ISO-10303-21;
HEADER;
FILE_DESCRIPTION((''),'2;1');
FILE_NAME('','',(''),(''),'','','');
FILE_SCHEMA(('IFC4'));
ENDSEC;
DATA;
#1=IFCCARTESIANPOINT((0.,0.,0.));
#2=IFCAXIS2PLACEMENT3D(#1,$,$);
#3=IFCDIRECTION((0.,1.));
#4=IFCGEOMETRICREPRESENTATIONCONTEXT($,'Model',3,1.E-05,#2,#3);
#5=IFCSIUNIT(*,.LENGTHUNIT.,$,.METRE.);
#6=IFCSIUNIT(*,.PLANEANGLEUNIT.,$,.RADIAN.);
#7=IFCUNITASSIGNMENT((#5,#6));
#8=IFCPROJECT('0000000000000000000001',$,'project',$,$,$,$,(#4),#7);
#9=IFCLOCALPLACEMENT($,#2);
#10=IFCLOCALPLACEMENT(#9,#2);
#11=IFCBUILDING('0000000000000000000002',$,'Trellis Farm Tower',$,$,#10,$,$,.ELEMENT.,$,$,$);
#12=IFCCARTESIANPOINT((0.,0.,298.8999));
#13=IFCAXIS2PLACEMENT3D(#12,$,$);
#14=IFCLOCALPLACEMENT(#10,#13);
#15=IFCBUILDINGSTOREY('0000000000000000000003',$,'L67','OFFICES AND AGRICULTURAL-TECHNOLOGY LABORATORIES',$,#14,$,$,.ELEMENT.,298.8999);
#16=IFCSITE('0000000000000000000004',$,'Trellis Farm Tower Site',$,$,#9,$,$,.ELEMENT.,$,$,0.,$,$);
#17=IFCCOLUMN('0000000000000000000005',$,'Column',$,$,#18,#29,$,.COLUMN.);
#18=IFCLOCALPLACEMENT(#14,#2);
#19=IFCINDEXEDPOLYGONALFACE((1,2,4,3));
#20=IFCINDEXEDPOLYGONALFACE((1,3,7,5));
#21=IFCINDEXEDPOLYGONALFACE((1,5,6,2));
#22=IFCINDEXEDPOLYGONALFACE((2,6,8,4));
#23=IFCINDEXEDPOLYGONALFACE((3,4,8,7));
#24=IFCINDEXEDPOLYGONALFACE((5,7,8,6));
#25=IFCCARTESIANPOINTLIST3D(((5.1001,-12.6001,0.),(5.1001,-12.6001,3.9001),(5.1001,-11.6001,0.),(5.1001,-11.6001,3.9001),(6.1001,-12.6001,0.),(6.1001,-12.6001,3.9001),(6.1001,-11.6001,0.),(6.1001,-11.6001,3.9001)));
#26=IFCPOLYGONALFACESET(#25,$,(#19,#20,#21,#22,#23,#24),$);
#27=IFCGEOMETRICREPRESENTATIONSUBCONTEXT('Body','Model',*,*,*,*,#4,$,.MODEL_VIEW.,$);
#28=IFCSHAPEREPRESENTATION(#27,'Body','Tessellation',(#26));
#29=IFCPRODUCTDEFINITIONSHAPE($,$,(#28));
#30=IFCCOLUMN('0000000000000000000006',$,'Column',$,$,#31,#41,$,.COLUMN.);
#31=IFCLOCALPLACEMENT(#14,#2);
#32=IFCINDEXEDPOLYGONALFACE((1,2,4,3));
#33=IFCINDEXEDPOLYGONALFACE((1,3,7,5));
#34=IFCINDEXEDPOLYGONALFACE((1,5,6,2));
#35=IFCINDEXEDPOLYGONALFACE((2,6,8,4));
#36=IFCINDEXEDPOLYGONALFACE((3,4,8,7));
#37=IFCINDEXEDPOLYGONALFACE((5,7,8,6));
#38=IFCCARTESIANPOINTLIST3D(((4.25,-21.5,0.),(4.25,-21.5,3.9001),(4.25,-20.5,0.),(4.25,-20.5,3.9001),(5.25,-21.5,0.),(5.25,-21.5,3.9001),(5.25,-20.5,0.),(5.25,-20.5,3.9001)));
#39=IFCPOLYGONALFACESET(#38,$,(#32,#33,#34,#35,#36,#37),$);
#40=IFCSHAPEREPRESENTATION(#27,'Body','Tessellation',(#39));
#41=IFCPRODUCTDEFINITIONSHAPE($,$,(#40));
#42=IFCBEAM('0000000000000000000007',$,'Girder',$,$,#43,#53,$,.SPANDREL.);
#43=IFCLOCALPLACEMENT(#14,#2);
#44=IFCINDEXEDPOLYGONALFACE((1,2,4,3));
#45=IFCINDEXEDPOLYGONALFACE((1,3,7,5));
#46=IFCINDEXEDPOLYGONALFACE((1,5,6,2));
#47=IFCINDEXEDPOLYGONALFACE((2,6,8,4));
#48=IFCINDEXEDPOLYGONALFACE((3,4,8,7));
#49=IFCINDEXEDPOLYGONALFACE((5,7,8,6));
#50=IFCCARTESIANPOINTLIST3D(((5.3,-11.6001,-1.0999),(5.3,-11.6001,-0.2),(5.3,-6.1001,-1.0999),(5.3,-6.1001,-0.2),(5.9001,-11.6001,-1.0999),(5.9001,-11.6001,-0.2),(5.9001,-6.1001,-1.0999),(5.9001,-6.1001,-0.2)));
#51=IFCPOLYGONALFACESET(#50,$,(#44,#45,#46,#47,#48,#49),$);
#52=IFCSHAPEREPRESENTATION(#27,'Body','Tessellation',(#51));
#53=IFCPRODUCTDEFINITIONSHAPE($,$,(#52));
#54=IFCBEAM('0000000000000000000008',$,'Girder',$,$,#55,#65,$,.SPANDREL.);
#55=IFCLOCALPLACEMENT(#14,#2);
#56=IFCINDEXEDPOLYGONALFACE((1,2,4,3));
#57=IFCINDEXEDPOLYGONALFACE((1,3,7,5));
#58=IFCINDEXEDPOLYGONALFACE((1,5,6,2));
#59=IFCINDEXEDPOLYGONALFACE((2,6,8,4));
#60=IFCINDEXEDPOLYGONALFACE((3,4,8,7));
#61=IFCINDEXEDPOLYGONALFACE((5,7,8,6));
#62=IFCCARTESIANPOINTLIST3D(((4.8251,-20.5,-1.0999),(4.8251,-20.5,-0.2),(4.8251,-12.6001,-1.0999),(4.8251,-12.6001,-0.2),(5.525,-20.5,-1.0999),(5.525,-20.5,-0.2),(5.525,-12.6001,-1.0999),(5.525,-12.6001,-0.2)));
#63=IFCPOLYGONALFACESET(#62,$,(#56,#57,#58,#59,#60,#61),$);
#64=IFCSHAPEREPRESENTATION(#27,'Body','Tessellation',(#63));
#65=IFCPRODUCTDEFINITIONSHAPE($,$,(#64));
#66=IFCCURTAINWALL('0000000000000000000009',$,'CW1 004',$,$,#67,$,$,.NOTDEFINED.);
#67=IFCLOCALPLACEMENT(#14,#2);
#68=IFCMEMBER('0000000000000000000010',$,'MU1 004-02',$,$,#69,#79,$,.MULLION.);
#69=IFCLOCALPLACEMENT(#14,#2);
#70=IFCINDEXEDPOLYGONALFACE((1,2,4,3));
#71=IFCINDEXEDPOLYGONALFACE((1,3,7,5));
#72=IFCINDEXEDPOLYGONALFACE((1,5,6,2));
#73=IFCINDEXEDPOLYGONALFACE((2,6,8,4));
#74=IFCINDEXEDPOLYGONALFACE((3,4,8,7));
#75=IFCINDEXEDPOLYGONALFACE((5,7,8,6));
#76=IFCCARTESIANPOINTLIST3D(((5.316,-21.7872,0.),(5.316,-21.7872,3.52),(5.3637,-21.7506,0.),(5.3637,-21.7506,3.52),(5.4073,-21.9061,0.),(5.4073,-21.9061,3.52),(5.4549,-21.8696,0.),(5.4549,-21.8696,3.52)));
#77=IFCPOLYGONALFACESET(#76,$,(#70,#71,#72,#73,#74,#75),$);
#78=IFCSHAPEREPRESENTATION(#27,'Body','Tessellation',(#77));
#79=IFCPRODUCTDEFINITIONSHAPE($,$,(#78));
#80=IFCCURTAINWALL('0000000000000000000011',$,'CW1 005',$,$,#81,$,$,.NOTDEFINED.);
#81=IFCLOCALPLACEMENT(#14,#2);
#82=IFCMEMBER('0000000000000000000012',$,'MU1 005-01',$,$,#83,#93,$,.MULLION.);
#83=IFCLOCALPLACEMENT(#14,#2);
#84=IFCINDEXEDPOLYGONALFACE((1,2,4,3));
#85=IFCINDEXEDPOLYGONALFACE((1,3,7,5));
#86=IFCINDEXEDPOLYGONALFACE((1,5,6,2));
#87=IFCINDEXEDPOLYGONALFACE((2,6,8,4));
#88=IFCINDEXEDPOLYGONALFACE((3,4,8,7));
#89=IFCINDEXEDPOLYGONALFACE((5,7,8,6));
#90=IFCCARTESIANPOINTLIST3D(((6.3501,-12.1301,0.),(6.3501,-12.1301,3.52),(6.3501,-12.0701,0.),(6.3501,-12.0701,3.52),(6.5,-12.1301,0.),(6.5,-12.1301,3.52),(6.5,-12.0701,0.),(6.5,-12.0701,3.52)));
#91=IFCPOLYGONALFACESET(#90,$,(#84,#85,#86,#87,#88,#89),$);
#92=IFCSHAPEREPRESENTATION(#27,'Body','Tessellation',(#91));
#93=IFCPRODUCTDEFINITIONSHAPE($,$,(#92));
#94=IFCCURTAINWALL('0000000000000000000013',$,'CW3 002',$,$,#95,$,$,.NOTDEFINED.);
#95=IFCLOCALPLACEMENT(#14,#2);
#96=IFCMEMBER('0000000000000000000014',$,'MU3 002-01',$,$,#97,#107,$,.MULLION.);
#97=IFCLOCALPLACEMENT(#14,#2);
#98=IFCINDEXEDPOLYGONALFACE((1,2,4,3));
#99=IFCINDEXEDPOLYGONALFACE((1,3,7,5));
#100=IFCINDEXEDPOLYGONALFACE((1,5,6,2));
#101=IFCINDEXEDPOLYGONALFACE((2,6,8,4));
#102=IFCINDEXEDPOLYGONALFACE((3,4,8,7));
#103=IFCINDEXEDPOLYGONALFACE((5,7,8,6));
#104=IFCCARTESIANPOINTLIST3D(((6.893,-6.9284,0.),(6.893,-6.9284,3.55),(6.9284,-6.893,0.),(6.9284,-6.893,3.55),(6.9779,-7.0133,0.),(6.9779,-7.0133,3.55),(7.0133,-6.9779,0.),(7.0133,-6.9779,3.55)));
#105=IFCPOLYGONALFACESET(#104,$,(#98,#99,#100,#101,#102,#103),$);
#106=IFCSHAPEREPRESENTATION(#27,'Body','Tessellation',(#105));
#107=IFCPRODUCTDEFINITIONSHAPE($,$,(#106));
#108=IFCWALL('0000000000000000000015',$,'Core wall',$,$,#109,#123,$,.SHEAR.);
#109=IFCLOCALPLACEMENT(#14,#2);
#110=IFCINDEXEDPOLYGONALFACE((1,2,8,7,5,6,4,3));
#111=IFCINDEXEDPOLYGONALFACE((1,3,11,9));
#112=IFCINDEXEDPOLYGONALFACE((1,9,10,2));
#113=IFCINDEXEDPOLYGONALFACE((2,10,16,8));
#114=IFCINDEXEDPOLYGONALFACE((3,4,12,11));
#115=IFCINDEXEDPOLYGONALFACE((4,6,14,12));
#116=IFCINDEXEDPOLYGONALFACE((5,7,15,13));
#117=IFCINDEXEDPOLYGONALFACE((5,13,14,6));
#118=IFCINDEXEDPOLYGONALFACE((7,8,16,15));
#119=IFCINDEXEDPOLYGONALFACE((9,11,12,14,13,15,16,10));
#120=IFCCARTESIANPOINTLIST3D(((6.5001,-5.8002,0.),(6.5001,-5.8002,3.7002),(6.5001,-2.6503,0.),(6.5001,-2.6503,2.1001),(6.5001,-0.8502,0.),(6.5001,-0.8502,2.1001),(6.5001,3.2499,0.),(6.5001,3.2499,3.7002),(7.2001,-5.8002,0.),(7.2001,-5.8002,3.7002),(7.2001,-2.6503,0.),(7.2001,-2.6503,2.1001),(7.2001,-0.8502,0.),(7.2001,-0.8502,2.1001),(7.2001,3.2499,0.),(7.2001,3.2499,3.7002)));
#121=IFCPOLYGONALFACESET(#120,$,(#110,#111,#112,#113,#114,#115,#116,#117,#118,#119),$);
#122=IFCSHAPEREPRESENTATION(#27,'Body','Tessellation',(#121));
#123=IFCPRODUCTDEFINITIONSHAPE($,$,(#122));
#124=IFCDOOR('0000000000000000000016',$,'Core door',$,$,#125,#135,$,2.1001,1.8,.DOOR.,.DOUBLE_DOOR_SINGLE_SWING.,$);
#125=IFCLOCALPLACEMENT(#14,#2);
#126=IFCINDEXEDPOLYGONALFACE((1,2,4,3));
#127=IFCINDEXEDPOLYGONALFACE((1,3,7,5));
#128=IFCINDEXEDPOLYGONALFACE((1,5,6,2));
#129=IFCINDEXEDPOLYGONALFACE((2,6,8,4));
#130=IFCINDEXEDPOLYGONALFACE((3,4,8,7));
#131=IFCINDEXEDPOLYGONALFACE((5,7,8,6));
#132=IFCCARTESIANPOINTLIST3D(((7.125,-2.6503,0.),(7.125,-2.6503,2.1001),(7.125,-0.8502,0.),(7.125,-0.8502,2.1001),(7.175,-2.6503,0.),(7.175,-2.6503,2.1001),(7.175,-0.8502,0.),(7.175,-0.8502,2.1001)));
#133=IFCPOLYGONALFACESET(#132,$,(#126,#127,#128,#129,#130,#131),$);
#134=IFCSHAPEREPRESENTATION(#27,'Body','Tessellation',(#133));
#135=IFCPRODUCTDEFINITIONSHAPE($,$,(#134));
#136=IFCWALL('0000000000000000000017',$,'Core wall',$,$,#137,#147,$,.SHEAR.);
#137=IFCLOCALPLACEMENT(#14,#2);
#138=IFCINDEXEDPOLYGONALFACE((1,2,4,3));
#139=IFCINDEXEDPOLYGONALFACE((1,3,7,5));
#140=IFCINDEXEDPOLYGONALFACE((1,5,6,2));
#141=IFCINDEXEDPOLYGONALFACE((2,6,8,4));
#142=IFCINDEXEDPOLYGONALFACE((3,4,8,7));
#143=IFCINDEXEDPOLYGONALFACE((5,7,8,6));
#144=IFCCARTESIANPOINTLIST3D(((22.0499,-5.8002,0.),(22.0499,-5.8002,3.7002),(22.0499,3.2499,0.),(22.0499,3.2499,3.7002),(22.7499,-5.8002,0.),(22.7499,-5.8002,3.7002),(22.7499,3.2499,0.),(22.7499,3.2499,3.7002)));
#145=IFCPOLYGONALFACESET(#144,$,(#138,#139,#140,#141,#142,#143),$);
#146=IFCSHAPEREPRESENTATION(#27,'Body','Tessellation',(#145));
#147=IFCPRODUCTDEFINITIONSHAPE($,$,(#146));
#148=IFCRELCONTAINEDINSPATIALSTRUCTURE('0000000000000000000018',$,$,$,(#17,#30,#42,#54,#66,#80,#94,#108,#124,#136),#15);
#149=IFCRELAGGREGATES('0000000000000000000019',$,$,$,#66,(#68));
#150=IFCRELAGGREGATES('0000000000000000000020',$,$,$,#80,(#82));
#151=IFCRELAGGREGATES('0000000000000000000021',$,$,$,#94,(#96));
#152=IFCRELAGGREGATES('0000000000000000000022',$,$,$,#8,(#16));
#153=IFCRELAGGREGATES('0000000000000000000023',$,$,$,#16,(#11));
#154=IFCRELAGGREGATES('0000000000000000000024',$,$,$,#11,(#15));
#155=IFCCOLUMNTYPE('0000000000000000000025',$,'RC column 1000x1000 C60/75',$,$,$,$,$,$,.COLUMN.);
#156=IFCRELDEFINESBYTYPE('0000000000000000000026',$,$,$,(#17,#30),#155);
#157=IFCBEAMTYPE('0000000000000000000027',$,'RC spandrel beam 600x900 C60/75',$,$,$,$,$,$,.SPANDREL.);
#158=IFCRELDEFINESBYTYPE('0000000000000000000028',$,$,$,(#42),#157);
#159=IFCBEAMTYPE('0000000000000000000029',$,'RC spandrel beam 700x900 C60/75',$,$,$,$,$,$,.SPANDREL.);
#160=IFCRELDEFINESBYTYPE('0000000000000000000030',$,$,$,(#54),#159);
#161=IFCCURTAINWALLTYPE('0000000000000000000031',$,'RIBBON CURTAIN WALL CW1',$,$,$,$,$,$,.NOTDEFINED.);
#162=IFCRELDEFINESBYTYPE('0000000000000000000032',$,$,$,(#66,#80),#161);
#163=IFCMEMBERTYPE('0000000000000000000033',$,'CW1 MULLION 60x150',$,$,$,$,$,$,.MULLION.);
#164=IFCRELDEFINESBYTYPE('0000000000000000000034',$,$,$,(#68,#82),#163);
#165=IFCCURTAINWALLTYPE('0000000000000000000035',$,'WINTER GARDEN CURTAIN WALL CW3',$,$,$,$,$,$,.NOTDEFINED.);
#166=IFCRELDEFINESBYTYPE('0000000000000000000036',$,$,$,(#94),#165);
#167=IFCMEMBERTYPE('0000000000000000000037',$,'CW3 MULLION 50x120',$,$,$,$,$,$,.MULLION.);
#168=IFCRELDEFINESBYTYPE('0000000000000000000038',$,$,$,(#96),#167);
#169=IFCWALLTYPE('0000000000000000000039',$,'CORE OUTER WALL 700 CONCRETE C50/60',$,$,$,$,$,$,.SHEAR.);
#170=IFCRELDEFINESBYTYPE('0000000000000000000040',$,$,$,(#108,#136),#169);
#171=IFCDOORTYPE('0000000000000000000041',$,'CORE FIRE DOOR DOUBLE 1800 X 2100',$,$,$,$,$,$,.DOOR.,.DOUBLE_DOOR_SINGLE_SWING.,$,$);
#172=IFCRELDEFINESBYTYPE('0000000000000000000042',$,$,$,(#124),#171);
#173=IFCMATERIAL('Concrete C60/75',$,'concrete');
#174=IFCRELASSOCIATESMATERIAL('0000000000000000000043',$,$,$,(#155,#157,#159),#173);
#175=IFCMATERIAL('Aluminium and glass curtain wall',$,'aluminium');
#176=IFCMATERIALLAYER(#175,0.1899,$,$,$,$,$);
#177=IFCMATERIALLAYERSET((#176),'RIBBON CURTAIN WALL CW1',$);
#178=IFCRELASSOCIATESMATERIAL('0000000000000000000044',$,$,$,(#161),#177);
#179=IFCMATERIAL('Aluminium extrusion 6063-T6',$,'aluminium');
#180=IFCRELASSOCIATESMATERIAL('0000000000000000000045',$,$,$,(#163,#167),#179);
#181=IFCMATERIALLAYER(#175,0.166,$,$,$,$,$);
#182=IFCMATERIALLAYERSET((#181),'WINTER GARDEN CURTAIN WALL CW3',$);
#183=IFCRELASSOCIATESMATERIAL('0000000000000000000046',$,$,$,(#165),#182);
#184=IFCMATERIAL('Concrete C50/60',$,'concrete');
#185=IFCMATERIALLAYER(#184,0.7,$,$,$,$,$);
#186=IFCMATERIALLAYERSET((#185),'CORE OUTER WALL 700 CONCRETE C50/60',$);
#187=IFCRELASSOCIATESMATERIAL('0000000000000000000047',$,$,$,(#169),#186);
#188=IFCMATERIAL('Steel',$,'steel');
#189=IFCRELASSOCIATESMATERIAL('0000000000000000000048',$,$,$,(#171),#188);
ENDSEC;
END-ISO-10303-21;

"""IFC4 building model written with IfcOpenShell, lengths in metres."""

from ifc_helpers import new_model, si_unit, direction, frame, frame_2d, origin, origin_2d, place, context, subcontext, project, spatial, rectangle, extrude, source, transform, mapped, material, layer, layer_set, material_profile, profile_set, type_object, element, fill, aggregate, save


model = new_model("IFC4")

# Units and contexts
model_context = context("Model", 3, precision=1e-05, world=origin(), true_north=direction((0.0, 1.0)))
body_context = subcontext(model_context, "Body", "Model", "MODEL_VIEW")
ifc_project = project(units=[si_unit("LENGTHUNIT", "METRE"), si_unit("PLANEANGLEUNIT", "RADIAN")], contexts=[model_context])

# Site, building, storey
site_placement = place(None, origin())
site = spatial("IfcSite", under=ifc_project, at=site_placement, Name="Trellis Farm Tower Site", CompositionType="ELEMENT", RefElevation=0.0)
building_placement = place(site_placement, origin())
building = spatial("IfcBuilding", under=site, at=building_placement, Name="Trellis Farm Tower", CompositionType="ELEMENT")
storey_placement = place(building_placement, frame((0.0, 0.0, 298.8999)))
storey = spatial("IfcBuildingStorey", under=building, at=storey_placement, Name="L67", Description="OFFICES AND AGRICULTURAL-TECHNOLOGY LABORATORIES", CompositionType="ELEMENT", Elevation=298.8999)

# Columns
ifc_material_1 = material(Name="Concrete C60/75", Category="concrete")
ifc_material_profile_1 = material_profile(ifc_material_1, rectangle(XDim=1.0, YDim=1.0, at=origin_2d()), Name="RC column 1000x1000 C60/75")
ifc_profile_set_1 = profile_set([ifc_material_profile_1], Name="Concrete C60/75")
column_type = type_object("IfcColumnType", Name="RC column 1000x1000 C60/75", PredefinedType="COLUMN", material=ifc_profile_set_1)
shared_shape_1 = source(origin(), body_context, "Body", "SweptSolid", [
    extrude(rectangle(XDim=1.0, YDim=1.0, at=origin_2d()), origin(), (0.0, 0.0, 1.0), 3.9001),
])
for number, where, z_axis, x_axis, name in (
    (1, (5.6001, -12.1001, 0.0), (0.0, 0.0, 1.0), (1.0, 0.0, 0.0), "Column"),
    (2, (4.75, -21.0, 0.0), (0.0, 0.0, 1.0), (1.0, 0.0, 0.0), "Column"),
):
    element("IfcColumn", number, at=place(storey_placement, frame(where, z_axis=z_axis, x_axis=x_axis)), inside=storey, type_object=column_type, Name=name, PredefinedType="COLUMN", context=body_context, shape_type="MappedRepresentation", body=[
        mapped(shared_shape_1, transform((0.0, 0.0, 0.0))),
    ])

# Beams
ifc_material_profile_2 = material_profile(ifc_material_1, rectangle(XDim=0.6001, YDim=0.8999, at=origin_2d()), Name="RC spandrel beam 600x900 C60/75")
ifc_profile_set_2 = profile_set([ifc_material_profile_2], Name="Concrete C60/75")
beam_type_1 = type_object("IfcBeamType", Name="RC spandrel beam 600x900 C60/75", PredefinedType="SPANDREL", material=ifc_profile_set_2)
shared_shape_2 = source(origin(), body_context, "Body", "SweptSolid", [
    extrude(rectangle(XDim=0.6001, YDim=0.8999, at=origin_2d()), origin(), (0.0, 0.0, 1.0), 5.5),
])
beam_1_placement = place(storey_placement, frame((5.6001, -11.6001, -0.6499), z_axis=(0.0, 1.0, 0.0), x_axis=(-1.0, 0.0, 0.0)))
element("IfcBeam", 3, at=beam_1_placement, inside=storey, type_object=beam_type_1, Name="Girder", PredefinedType="SPANDREL", context=body_context, shape_type="MappedRepresentation", body=[
    mapped(shared_shape_2, transform((0.0, 0.0, 0.0))),
])
ifc_material_profile_3 = material_profile(ifc_material_1, rectangle(XDim=0.7, YDim=0.8999, at=origin_2d()), Name="RC spandrel beam 700x900 C60/75")
ifc_profile_set_3 = profile_set([ifc_material_profile_3], Name="Concrete C60/75")
beam_type_2 = type_object("IfcBeamType", Name="RC spandrel beam 700x900 C60/75", PredefinedType="SPANDREL", material=ifc_profile_set_3)
shared_shape_3 = source(origin(), body_context, "Body", "SweptSolid", [
    extrude(rectangle(XDim=0.7, YDim=0.8999, at=origin_2d()), origin(), (0.0, 0.0, 1.0), 7.8999),
])
beam_2_placement = place(storey_placement, frame((5.175, -20.5, -0.6499), z_axis=(0.0, 1.0, 0.0), x_axis=(-1.0, 0.0, 0.0)))
element("IfcBeam", 4, at=beam_2_placement, inside=storey, type_object=beam_type_2, Name="Girder", PredefinedType="SPANDREL", context=body_context, shape_type="MappedRepresentation", body=[
    mapped(shared_shape_3, transform((0.0, 0.0, 0.0))),
])

# Curtain walls, members
ifc_material_2 = material(Name="Aluminium and glass curtain wall", Category="aluminium")
ifc_layer_1 = layer(ifc_material_2, 0.1899)
ifc_layer_set_1 = layer_set([ifc_layer_1], Name="RIBBON CURTAIN WALL CW1")
curtain_wall_type_1 = type_object("IfcCurtainWallType", Name="RIBBON CURTAIN WALL CW1", PredefinedType="NOTDEFINED", material=ifc_layer_set_1)
placement = place(storey_placement, origin())
curtain_wall_1 = element("IfcCurtainWall", 5, at=placement, inside=storey, type_object=curtain_wall_type_1, Name="CW1 004", PredefinedType="NOTDEFINED")
ifc_material_3 = material(Name="Aluminium extrusion 6063-T6", Category="aluminium")
ifc_material_profile_4 = material_profile(ifc_material_3, rectangle(XDim=0.0601, YDim=0.1499, at=origin_2d()), Name="MULLION 60x150")
ifc_profile_set_4 = profile_set([ifc_material_profile_4], Name="Aluminium extrusion 6063-T6")
member_type_1 = type_object("IfcMemberType", Name="CW1 MULLION 60x150", PredefinedType="MULLION", material=ifc_profile_set_4)
shared_shape_4 = source(origin(), body_context, "Body", "SweptSolid", [
    extrude(rectangle(XDim=0.0601, YDim=0.1499, at=origin_2d()), origin(), (0.0, 0.0, 1.0), 3.52),
])
member_1_placement = place(storey_placement, frame((5.3855, -21.8284, 0.0), z_axis=(0.0, 0.0, 1.0), x_axis=(0.793353, 0.608761, 0.0)))
member_1 = element("IfcMember", 6, at=member_1_placement, type_object=member_type_1, Name="MU1 004-02", PredefinedType="MULLION", context=body_context, shape_type="MappedRepresentation", body=[
    mapped(shared_shape_4, transform((0.0, 0.0, 0.0))),
])
aggregate(curtain_wall_1, [member_1])
curtain_wall_2 = element("IfcCurtainWall", 7, at=placement, inside=storey, type_object=curtain_wall_type_1, Name="CW1 005", PredefinedType="NOTDEFINED")
member_2_placement = place(storey_placement, frame((6.425, -12.1001, 0.0), z_axis=(0.0, 0.0, 1.0), x_axis=(0.0, 1.0, 0.0)))
member_2 = element("IfcMember", 8, at=member_2_placement, type_object=member_type_1, Name="MU1 005-01", PredefinedType="MULLION", context=body_context, shape_type="MappedRepresentation", body=[
    mapped(shared_shape_4, transform((0.0, 0.0, 0.0))),
])
aggregate(curtain_wall_2, [member_2])
ifc_layer_2 = layer(ifc_material_2, 0.166)
ifc_layer_set_2 = layer_set([ifc_layer_2], Name="WINTER GARDEN CURTAIN WALL CW3")
curtain_wall_type_2 = type_object("IfcCurtainWallType", Name="WINTER GARDEN CURTAIN WALL CW3", PredefinedType="NOTDEFINED", material=ifc_layer_set_2)
curtain_wall_3 = element("IfcCurtainWall", 9, at=placement, inside=storey, type_object=curtain_wall_type_2, Name="CW3 002", PredefinedType="NOTDEFINED")
ifc_material_profile_5 = material_profile(ifc_material_3, rectangle(XDim=0.05, YDim=0.1201, at=origin_2d()), Name="MULLION 50x120")
ifc_profile_set_5 = profile_set([ifc_material_profile_5], Name="Aluminium extrusion 6063-T6")
member_type_2 = type_object("IfcMemberType", Name="CW3 MULLION 50x120", PredefinedType="MULLION", material=ifc_profile_set_5)
shared_shape_5 = source(origin(), body_context, "Body", "SweptSolid", [
    extrude(rectangle(XDim=0.05, YDim=0.1201, at=origin_2d()), origin(), (0.0, 0.0, 1.0), 3.55),
])
member_3_placement = place(storey_placement, frame((6.9531, -6.9531, 0.0), z_axis=(0.0, 0.0, 1.0), x_axis=(0.707107, 0.707107, 0.0)))
member_3 = element("IfcMember", 10, at=member_3_placement, type_object=member_type_2, Name="MU3 002-01", PredefinedType="MULLION", context=body_context, shape_type="MappedRepresentation", body=[
    mapped(shared_shape_5, transform((0.0, 0.0, 0.0))),
])
aggregate(curtain_wall_3, [member_3])

# Wall, opening, door
ifc_material_4 = material(Name="Concrete C50/60", Category="concrete")
ifc_layer_3 = layer(ifc_material_4, 0.7)
ifc_layer_set_3 = layer_set([ifc_layer_3], Name="CORE OUTER WALL 700 CONCRETE C50/60")
wall_type_1 = type_object("IfcWallType", Name="CORE OUTER WALL 700 CONCRETE C50/60", PredefinedType="SHEAR", material=ifc_layer_set_3)
shared_shape_6 = source(origin(), body_context, "Body", "SweptSolid", [
    extrude(rectangle(XDim=9.05, YDim=0.7, at=frame_2d((4.5249, 0.0))), origin(), (0.0, 0.0, 1.0), 3.7002),
])
wall_1_placement = place(storey_placement, frame((6.8501, -5.8, 0.0), z_axis=(0.0, 0.0, 1.0), x_axis=(0.0, 1.0, 0.0)))
wall_1 = element("IfcWall", 11, at=wall_1_placement, inside=storey, type_object=wall_type_1, Name="Core wall", PredefinedType="SHEAR", context=body_context, shape_type="MappedRepresentation", body=[
    mapped(shared_shape_6, transform((0.0, 0.0, 0.0))),
])
shared_shape_7 = source(origin(), body_context, "Body", "SweptSolid", [
    extrude(rectangle(XDim=1.8, YDim=2.1001, at=frame_2d((0.8999, 1.05))), frame((0.0, 0.3601, 0.0), z_axis=(0.0, -1.0, 0.0), x_axis=(1.0, 0.0, 0.0)), (0.0, 0.0, 1.0), 0.7202),
])
opening_1_placement = place(wall_1_placement, frame((3.1499, 0.0, 0.0)))
opening_1 = element("IfcOpeningElement", 12, at=opening_1_placement, cuts=wall_1, PredefinedType="OPENING", context=body_context, shape_type="MappedRepresentation", body=[
    mapped(shared_shape_7, transform((0.0, 0.0, 0.0))),
])
ifc_material_5 = material(Name="Steel", Category="steel")
door_type_1 = type_object("IfcDoorType", Name="CORE FIRE DOOR DOUBLE 1800 X 2100", OperationType="DOUBLE_DOOR_SINGLE_SWING", PredefinedType="DOOR", material=ifc_material_5)
shared_shape_8 = source(origin(), body_context, "Body", "SweptSolid", [
    extrude(rectangle(XDim=1.8, YDim=2.1001, at=frame_2d((0.8999, 1.05))), frame((0.0, -0.2749, 0.0), z_axis=(0.0, -1.0, 0.0), x_axis=(1.0, 0.0, 0.0)), (0.0, 0.0, 1.0), 0.05),
])
door_1_placement = place(opening_1_placement, origin())
door_1 = element("IfcDoor", 13, at=door_1_placement, inside=storey, type_object=door_type_1, Name="Core door", OperationType="DOUBLE_DOOR_SINGLE_SWING", OverallHeight=2.1001, OverallWidth=1.8, PredefinedType="DOOR", context=body_context, shape_type="MappedRepresentation", body=[
    mapped(shared_shape_8, transform((0.0, 0.0, 0.0))),
])
fill(opening_1, door_1)

# Wall
wall_2_placement = place(storey_placement, frame((22.3999, -5.8, 0.0), z_axis=(0.0, 0.0, 1.0), x_axis=(0.0, 1.0, 0.0)))
element("IfcWall", 14, at=wall_2_placement, inside=storey, type_object=wall_type_1, Name="Core wall", PredefinedType="SHEAR", context=body_context, shape_type="MappedRepresentation", body=[
    mapped(shared_shape_6, transform((0.0, 0.0, 0.0))),
])

save(model, "model.ifc")
